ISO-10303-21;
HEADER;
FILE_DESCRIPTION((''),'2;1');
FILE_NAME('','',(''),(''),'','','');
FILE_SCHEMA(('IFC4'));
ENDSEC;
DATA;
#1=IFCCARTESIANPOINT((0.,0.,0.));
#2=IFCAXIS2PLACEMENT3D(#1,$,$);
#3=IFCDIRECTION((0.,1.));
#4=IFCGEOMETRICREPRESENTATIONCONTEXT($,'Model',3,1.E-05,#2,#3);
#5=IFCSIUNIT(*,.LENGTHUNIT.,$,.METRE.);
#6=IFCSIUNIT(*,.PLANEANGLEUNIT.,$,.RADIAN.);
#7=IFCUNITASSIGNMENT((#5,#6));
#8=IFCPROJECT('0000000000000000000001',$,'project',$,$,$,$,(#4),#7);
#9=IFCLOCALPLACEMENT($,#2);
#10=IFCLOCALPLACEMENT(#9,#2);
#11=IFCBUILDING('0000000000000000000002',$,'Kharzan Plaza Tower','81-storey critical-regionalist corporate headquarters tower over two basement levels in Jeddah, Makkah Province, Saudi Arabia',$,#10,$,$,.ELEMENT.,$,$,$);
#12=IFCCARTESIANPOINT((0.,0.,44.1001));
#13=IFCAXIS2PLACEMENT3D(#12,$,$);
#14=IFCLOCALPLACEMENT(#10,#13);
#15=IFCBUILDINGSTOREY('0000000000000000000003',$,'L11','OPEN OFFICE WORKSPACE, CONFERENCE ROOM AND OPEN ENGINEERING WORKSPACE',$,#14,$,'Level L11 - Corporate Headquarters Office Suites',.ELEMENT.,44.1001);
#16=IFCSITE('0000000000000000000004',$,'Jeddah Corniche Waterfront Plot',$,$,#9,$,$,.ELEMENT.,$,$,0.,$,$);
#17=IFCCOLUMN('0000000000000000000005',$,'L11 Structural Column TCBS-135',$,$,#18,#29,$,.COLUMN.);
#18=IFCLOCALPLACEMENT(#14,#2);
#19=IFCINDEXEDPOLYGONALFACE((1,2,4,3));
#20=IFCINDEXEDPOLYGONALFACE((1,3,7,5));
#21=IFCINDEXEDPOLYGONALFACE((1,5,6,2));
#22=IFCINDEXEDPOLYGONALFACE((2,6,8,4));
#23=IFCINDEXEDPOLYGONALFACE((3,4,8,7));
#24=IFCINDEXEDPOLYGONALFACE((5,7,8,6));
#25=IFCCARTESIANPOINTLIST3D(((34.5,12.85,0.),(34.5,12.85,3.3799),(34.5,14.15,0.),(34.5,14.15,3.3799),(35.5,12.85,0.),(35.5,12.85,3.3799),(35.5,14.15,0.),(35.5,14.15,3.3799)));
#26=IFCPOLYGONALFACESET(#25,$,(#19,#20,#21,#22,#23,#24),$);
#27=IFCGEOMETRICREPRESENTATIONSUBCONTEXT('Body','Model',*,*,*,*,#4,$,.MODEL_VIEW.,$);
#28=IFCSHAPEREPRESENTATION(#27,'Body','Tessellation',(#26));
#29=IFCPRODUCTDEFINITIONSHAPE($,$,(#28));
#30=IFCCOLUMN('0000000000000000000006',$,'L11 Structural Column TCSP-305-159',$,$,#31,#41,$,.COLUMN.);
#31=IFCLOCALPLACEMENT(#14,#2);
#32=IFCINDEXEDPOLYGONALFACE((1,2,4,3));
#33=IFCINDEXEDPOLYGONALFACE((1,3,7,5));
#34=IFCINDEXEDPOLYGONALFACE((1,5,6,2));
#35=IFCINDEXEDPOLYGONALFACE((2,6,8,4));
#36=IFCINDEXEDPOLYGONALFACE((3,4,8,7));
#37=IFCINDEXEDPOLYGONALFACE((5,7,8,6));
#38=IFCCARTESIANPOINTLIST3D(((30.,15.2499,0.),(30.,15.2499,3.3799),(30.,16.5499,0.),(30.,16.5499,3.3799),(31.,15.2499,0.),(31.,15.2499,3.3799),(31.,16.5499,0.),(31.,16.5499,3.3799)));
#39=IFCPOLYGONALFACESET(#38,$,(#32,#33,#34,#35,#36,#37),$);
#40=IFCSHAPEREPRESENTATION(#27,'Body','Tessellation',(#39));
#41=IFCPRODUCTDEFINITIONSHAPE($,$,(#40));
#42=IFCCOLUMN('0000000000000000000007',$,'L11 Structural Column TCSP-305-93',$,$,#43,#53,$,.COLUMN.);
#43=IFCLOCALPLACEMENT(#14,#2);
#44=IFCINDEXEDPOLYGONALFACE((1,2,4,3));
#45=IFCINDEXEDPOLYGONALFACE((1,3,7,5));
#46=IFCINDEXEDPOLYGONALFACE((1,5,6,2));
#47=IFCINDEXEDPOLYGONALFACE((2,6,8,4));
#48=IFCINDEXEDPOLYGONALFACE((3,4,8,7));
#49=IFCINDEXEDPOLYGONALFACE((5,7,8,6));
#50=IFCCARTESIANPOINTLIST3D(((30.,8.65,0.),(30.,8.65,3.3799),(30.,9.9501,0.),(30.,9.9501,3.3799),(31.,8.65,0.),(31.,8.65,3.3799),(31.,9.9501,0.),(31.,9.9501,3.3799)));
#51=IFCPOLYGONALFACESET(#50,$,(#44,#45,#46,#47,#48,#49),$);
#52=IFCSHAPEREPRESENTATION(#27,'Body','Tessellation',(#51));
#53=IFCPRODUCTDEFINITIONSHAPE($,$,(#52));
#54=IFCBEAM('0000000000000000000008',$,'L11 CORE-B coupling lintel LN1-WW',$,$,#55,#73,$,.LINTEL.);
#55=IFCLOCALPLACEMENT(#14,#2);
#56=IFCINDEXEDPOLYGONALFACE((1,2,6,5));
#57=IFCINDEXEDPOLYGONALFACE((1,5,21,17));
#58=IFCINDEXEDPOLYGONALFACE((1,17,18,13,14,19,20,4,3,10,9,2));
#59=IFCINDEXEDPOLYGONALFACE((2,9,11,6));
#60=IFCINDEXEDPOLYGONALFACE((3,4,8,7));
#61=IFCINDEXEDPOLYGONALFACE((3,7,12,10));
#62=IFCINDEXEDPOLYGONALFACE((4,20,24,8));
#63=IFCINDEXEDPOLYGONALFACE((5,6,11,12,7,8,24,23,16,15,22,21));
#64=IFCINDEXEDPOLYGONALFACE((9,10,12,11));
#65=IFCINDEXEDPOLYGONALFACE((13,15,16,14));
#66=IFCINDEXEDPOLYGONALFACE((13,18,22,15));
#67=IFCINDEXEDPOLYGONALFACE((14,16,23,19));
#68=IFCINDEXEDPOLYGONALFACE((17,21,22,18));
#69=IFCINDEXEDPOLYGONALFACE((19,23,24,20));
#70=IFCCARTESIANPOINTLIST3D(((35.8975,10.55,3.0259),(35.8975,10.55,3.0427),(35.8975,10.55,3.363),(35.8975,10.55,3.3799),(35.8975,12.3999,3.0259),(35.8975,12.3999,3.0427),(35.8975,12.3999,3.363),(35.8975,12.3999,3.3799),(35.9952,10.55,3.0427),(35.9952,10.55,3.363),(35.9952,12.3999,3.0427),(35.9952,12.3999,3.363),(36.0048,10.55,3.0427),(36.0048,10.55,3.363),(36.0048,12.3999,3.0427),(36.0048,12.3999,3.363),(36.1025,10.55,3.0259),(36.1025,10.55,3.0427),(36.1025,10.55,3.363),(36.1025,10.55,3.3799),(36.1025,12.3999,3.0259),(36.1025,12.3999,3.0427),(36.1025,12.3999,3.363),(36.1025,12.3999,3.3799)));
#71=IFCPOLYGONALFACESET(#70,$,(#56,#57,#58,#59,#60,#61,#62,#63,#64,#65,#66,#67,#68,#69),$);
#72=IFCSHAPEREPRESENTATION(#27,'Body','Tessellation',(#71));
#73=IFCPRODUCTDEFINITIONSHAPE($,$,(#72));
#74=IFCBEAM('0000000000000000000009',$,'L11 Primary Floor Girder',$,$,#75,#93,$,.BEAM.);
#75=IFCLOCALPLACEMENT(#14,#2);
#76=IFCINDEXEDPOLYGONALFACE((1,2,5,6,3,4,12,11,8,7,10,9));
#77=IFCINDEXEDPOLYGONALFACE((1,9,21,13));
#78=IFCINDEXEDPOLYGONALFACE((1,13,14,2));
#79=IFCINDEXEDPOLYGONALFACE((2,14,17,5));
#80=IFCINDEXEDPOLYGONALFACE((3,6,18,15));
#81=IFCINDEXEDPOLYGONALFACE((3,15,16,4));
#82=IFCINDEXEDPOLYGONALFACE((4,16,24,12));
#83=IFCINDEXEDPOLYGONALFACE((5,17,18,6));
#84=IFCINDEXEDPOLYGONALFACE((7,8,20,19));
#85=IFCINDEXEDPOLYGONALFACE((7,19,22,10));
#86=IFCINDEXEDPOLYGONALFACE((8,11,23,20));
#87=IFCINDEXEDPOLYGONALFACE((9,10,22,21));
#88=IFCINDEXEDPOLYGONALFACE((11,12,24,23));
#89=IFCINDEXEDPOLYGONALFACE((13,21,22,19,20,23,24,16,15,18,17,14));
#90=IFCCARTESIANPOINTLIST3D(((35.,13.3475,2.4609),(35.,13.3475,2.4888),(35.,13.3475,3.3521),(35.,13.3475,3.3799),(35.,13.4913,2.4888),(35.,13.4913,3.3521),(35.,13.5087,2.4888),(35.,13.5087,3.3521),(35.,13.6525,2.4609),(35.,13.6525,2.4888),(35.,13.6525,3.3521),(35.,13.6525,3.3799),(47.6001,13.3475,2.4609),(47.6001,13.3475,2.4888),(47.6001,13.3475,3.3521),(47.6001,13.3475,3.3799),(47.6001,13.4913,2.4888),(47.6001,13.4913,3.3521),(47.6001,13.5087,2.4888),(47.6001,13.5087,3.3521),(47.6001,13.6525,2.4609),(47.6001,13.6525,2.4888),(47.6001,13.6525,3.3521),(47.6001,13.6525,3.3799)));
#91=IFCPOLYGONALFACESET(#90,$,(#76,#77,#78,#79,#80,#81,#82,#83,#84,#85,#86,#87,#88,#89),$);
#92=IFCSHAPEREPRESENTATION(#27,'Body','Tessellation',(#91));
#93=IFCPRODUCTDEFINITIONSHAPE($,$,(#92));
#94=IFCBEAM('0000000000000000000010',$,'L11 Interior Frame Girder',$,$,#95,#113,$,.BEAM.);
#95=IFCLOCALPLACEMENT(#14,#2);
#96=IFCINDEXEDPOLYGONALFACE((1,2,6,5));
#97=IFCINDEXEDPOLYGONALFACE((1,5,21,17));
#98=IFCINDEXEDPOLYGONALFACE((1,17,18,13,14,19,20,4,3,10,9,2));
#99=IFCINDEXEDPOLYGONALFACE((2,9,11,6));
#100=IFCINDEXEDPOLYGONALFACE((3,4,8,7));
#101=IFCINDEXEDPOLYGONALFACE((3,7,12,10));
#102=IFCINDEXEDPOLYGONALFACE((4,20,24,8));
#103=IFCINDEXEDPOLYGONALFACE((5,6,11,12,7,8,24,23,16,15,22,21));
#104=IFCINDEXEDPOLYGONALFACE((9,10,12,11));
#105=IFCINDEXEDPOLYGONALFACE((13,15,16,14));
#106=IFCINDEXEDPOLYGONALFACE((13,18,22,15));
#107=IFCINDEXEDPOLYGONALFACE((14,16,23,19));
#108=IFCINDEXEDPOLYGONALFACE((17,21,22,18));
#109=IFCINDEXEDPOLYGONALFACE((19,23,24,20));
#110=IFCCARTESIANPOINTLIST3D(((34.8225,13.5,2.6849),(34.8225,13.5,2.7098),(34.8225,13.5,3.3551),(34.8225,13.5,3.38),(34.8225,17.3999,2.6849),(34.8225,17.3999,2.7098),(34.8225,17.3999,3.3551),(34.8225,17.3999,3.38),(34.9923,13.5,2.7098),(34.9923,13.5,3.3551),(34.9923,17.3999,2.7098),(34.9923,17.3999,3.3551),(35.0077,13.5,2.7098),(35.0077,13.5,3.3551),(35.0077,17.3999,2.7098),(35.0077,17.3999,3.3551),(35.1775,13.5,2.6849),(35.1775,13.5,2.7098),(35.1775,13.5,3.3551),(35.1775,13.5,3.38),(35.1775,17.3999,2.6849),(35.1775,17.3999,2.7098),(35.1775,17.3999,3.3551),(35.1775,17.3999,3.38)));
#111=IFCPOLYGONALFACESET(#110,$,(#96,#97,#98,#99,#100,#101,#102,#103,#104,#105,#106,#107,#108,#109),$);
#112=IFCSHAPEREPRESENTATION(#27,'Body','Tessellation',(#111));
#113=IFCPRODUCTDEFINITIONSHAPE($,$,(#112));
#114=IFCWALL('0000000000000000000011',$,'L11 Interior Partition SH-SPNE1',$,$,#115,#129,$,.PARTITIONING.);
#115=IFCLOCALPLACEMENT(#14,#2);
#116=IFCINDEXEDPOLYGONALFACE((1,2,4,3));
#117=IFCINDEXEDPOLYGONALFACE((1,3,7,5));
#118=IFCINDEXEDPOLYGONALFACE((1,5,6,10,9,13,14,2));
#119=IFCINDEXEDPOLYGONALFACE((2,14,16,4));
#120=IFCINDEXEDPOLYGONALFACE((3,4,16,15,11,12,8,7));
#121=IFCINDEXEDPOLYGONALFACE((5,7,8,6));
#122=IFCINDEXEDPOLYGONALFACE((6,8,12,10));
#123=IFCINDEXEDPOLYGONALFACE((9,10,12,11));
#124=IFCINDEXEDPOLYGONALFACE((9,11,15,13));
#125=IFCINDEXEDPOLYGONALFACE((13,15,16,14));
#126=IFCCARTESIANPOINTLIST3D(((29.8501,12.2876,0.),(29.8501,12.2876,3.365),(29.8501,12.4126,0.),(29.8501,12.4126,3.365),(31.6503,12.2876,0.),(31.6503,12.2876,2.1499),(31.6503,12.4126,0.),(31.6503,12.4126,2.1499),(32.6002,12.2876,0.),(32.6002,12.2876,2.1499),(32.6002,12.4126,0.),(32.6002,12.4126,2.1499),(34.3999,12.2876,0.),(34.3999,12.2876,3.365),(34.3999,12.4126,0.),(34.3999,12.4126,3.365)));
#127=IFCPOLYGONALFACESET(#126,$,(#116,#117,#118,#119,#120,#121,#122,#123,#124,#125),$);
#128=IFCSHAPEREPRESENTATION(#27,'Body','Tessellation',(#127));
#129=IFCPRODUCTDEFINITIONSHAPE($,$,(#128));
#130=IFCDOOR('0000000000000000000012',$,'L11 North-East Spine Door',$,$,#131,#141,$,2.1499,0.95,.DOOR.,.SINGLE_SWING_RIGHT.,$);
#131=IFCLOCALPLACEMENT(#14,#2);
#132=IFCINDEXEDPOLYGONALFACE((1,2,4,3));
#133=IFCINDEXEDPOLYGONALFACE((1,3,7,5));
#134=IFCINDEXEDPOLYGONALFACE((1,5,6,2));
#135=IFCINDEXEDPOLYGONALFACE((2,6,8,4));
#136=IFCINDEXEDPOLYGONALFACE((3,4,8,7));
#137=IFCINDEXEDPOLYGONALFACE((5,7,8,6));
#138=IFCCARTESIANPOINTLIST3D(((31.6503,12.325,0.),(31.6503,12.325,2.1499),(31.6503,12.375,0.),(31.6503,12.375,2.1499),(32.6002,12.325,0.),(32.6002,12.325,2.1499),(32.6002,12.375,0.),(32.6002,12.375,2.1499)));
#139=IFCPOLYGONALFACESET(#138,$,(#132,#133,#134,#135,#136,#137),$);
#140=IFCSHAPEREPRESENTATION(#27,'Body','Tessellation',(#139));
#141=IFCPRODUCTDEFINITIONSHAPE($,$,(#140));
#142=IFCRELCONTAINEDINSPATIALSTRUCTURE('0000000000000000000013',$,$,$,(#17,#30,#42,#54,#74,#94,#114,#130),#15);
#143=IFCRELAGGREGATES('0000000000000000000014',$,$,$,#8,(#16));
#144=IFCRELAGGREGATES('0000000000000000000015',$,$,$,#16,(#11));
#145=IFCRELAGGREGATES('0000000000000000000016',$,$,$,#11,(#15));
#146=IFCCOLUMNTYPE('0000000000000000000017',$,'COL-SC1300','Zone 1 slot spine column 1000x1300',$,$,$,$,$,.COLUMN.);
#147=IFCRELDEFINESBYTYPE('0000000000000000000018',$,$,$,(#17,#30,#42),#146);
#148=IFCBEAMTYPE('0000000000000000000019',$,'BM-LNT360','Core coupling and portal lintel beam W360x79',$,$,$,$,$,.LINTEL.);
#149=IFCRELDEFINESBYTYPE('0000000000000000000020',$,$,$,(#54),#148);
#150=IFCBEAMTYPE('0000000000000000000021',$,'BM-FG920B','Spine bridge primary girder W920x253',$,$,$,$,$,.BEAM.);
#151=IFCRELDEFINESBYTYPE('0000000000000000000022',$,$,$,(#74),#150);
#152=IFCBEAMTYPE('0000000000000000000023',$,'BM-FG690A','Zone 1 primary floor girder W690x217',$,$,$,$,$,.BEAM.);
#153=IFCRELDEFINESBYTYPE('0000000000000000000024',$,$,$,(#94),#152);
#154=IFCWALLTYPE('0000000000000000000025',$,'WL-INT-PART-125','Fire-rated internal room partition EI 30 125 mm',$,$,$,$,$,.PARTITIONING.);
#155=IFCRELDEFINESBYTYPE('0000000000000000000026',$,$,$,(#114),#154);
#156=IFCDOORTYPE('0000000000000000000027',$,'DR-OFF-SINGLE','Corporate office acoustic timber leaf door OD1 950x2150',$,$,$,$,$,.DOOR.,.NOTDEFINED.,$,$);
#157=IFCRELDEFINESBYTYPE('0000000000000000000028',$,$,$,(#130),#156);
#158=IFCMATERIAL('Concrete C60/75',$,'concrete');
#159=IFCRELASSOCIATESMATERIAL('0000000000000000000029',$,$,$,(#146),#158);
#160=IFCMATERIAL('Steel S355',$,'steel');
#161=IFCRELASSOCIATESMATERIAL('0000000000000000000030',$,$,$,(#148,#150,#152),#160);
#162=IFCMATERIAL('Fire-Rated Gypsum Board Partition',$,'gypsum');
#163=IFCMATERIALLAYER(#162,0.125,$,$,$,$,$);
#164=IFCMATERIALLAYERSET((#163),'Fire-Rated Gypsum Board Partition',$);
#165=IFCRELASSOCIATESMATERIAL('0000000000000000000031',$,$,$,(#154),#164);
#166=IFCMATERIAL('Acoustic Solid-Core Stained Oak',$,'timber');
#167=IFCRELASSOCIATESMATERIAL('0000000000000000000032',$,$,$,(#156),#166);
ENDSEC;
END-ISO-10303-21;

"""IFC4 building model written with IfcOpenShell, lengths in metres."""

from ifc_helpers import new_model, si_unit, direction, frame, frame_2d, origin, origin_2d, place, context, subcontext, project, spatial, rectangle, i_section, extrude, source, transform, mapped, material, layer, layer_set, material_profile, profile_set, type_object, element, fill, save


model = new_model("IFC4")

# Units and contexts
model_context = context("Model", 3, precision=1e-05, world=origin(), true_north=direction((0.0, 1.0)))
body_context = subcontext(model_context, "Body", "Model", "MODEL_VIEW")
ifc_project = project(units=[si_unit("LENGTHUNIT", "METRE"), si_unit("PLANEANGLEUNIT", "RADIAN")], contexts=[model_context])

# Site, building, storey
site_placement = place(None, origin())
site = spatial("IfcSite", under=ifc_project, at=site_placement, Name="Jeddah Corniche Waterfront Plot", CompositionType="ELEMENT", RefElevation=0.0)
building_placement = place(site_placement, origin())
building = spatial("IfcBuilding", under=site, at=building_placement, Name="Kharzan Plaza Tower", Description="81-storey critical-regionalist corporate headquarters tower over two basement levels in Jeddah, Makkah Province, Saudi Arabia", CompositionType="ELEMENT")
storey_placement = place(building_placement, frame((0.0, 0.0, 44.1001)))
storey = spatial("IfcBuildingStorey", under=building, at=storey_placement, Name="L11", Description="OPEN OFFICE WORKSPACE, CONFERENCE ROOM AND OPEN ENGINEERING WORKSPACE", LongName="Level L11 - Corporate Headquarters Office Suites", CompositionType="ELEMENT", Elevation=44.1001)

# Columns
ifc_material_1 = material(Name="Concrete C60/75", Category="concrete")
ifc_material_profile_1 = material_profile(ifc_material_1, rectangle(XDim=1.0, YDim=1.3, at=origin_2d()), Name="RC-SC1300x1000")
ifc_profile_set_1 = profile_set([ifc_material_profile_1], Name="Concrete C60/75")
column_type = type_object("IfcColumnType", Name="COL-SC1300", Description="Zone 1 slot spine column 1000x1300", PredefinedType="COLUMN", material=ifc_profile_set_1)
shared_shape_1 = source(origin(), body_context, "Body", "SweptSolid", [
    extrude(rectangle(XDim=1.0, YDim=1.3, at=origin_2d()), origin(), (0.0, 0.0, 1.0), 3.3799),
])
for number, where, z_axis, x_axis, name in (
    (1, (35.0, 13.5, 0.0), (0.0, 0.0, 1.0), (1.0, 0.0, 0.0), "L11 Structural Column TCBS-135"),
    (2, (30.5, 15.8999, 0.0), (0.0, 0.0, 1.0), (1.0, 0.0, 0.0), "L11 Structural Column TCSP-305-159"),
    (3, (30.5, 9.3, 0.0), (0.0, 0.0, 1.0), (1.0, 0.0, 0.0), "L11 Structural Column TCSP-305-93"),
):
    element("IfcColumn", number, at=place(storey_placement, frame(where, z_axis=z_axis, x_axis=x_axis)), inside=storey, type_object=column_type, Name=name, PredefinedType="COLUMN", context=body_context, shape_type="MappedRepresentation", body=[
        mapped(shared_shape_1, transform((0.0, 0.0, 0.0), x_axis=(1.0, 0.0, 0.0), y_axis=(0.0, 1.0, 0.0), z_axis=(0.0, 0.0, 1.0))),
    ])

# Beams
ifc_material_2 = material(Name="Steel S355", Category="steel")
ifc_material_profile_2 = material_profile(ifc_material_2, i_section(OverallWidth=0.2051, OverallDepth=0.354, WebThickness=0.0095, FlangeThickness=0.0168, at=origin_2d()), Name="W360x79")
ifc_profile_set_2 = profile_set([ifc_material_profile_2], Name="Steel S355")
beam_type_1 = type_object("IfcBeamType", Name="BM-LNT360", Description="Core coupling and portal lintel beam W360x79", PredefinedType="LINTEL", material=ifc_profile_set_2)
shared_shape_2 = source(origin(), body_context, "Body", "SweptSolid", [
    extrude(i_section(OverallWidth=0.2051, OverallDepth=0.354, WebThickness=0.0095, FlangeThickness=0.0168, at=origin_2d()), origin(), (0.0, 0.0, 1.0), 1.8499),
])
beam_1_placement = place(storey_placement, frame((36.0, 10.55, 3.2029), z_axis=(0.0, 1.0, 0.0), x_axis=(-1.0, 0.0, 0.0)))
element("IfcBeam", 4, at=beam_1_placement, inside=storey, type_object=beam_type_1, Name="L11 CORE-B coupling lintel LN1-WW", PredefinedType="LINTEL", context=body_context, shape_type="MappedRepresentation", body=[
    mapped(shared_shape_2, transform((0.0, 0.0, 0.0), x_axis=(1.0, 0.0, 0.0), y_axis=(0.0, 1.0, 0.0), z_axis=(0.0, 0.0, 1.0))),
])
ifc_material_profile_3 = material_profile(ifc_material_2, i_section(OverallWidth=0.3049, OverallDepth=0.9189, WebThickness=0.0173, FlangeThickness=0.0278, at=origin_2d()), Name="W920x253")
ifc_profile_set_3 = profile_set([ifc_material_profile_3], Name="Steel S355")
beam_type_2 = type_object("IfcBeamType", Name="BM-FG920B", Description="Spine bridge primary girder W920x253", PredefinedType="BEAM", material=ifc_profile_set_3)
shared_shape_3 = source(origin(), body_context, "Body", "SweptSolid", [
    extrude(i_section(OverallWidth=0.3049, OverallDepth=0.9189, WebThickness=0.0173, FlangeThickness=0.0278, at=origin_2d()), origin(), (0.0, 0.0, 1.0), 12.6001),
])
beam_2_placement = place(storey_placement, frame((35.0, 13.5, 2.9204), z_axis=(1.0, 0.0, 0.0), x_axis=(0.0, 1.0, 0.0)))
element("IfcBeam", 5, at=beam_2_placement, inside=storey, type_object=beam_type_2, Name="L11 Primary Floor Girder", PredefinedType="BEAM", context=body_context, shape_type="MappedRepresentation", body=[
    mapped(shared_shape_3, transform((0.0, 0.0, 0.0), x_axis=(1.0, 0.0, 0.0), y_axis=(0.0, 1.0, 0.0), z_axis=(0.0, 0.0, 1.0))),
])
ifc_material_profile_4 = material_profile(ifc_material_2, i_section(OverallWidth=0.355, OverallDepth=0.6951, WebThickness=0.0154, FlangeThickness=0.0249, at=origin_2d()), Name="W690x217")
ifc_profile_set_4 = profile_set([ifc_material_profile_4], Name="Steel S355")
beam_type_3 = type_object("IfcBeamType", Name="BM-FG690A", Description="Zone 1 primary floor girder W690x217", PredefinedType="BEAM", material=ifc_profile_set_4)
shared_shape_4 = source(origin(), body_context, "Body", "SweptSolid", [
    extrude(i_section(OverallWidth=0.355, OverallDepth=0.6951, WebThickness=0.0154, FlangeThickness=0.0249, at=origin_2d()), origin(), (0.0, 0.0, 1.0), 3.8999),
])
beam_3_placement = place(storey_placement, frame((35.0, 13.5, 3.0325), z_axis=(0.0, 1.0, 0.0), x_axis=(-1.0, 0.0, 0.0)))
element("IfcBeam", 6, at=beam_3_placement, inside=storey, type_object=beam_type_3, Name="L11 Interior Frame Girder", PredefinedType="BEAM", context=body_context, shape_type="MappedRepresentation", body=[
    mapped(shared_shape_4, transform((0.0, 0.0, 0.0), x_axis=(1.0, 0.0, 0.0), y_axis=(0.0, 1.0, 0.0), z_axis=(0.0, 0.0, 1.0))),
])

# Wall, opening, door
ifc_material_3 = material(Name="Fire-Rated Gypsum Board Partition", Category="gypsum")
ifc_layer_1 = layer(ifc_material_3, 0.125)
ifc_layer_set_1 = layer_set([ifc_layer_1], Name="Fire-Rated Gypsum Board Partition")
wall_type_1 = type_object("IfcWallType", Name="WL-INT-PART-125", Description="Fire-rated internal room partition EI 30 125 mm", PredefinedType="PARTITIONING", material=ifc_layer_set_1)
wall_1_placement = place(storey_placement, frame((29.8501, 12.3501, 0.0), z_axis=(0.0, 0.0, 1.0), x_axis=(1.0, 0.0, 0.0)))
wall_1 = element("IfcWall", 7, at=wall_1_placement, inside=storey, type_object=wall_type_1, Name="L11 Interior Partition SH-SPNE1", PredefinedType="PARTITIONING", context=body_context, shape_type="SweptSolid", body=[
    extrude(rectangle(XDim=4.5498, YDim=0.125, at=frame_2d((2.2749, 0.0))), origin(), (0.0, 0.0, 1.0), 3.365),
])
opening_1_placement = place(wall_1_placement, frame((1.8, 0.0, 0.0)))
opening_1 = element("IfcOpeningElement", 8, at=opening_1_placement, cuts=wall_1, PredefinedType="OPENING", context=body_context, shape_type="SweptSolid", body=[
    extrude(rectangle(XDim=0.95, YDim=2.1499, at=frame_2d((0.4751, 1.075))), frame((0.0, 0.0725, 0.0), z_axis=(0.0, -1.0, 0.0), x_axis=(1.0, 0.0, 0.0)), (0.0, 0.0, 1.0), 0.145),
])
ifc_material_4 = material(Name="Acoustic Solid-Core Stained Oak", Category="timber")
door_type_1 = type_object("IfcDoorType", Name="DR-OFF-SINGLE", Description="Corporate office acoustic timber leaf door OD1 950x2150", OperationType="NOTDEFINED", PredefinedType="DOOR", material=ifc_material_4)
shared_shape_5 = source(origin(), body_context, "Body", "SweptSolid", [
    extrude(rectangle(XDim=0.95, YDim=2.1499, at=frame_2d((0.4751, 1.075))), frame((0.0, 0.0249, 0.0), z_axis=(0.0, -1.0, 0.0), x_axis=(1.0, 0.0, 0.0)), (0.0, 0.0, 1.0), 0.05),
])
door_1_placement = place(opening_1_placement, origin())
door_1 = element("IfcDoor", 9, at=door_1_placement, inside=storey, type_object=door_type_1, Name="L11 North-East Spine Door", OperationType="SINGLE_SWING_RIGHT", OverallHeight=2.1499, OverallWidth=0.95, PredefinedType="DOOR", context=body_context, shape_type="MappedRepresentation", body=[
    mapped(shared_shape_5, transform((0.0, 0.0, 0.0), x_axis=(1.0, 0.0, 0.0), y_axis=(0.0, 1.0, 0.0), z_axis=(0.0, 0.0, 1.0))),
])
fill(opening_1, door_1)

save(model, "model.ifc")
